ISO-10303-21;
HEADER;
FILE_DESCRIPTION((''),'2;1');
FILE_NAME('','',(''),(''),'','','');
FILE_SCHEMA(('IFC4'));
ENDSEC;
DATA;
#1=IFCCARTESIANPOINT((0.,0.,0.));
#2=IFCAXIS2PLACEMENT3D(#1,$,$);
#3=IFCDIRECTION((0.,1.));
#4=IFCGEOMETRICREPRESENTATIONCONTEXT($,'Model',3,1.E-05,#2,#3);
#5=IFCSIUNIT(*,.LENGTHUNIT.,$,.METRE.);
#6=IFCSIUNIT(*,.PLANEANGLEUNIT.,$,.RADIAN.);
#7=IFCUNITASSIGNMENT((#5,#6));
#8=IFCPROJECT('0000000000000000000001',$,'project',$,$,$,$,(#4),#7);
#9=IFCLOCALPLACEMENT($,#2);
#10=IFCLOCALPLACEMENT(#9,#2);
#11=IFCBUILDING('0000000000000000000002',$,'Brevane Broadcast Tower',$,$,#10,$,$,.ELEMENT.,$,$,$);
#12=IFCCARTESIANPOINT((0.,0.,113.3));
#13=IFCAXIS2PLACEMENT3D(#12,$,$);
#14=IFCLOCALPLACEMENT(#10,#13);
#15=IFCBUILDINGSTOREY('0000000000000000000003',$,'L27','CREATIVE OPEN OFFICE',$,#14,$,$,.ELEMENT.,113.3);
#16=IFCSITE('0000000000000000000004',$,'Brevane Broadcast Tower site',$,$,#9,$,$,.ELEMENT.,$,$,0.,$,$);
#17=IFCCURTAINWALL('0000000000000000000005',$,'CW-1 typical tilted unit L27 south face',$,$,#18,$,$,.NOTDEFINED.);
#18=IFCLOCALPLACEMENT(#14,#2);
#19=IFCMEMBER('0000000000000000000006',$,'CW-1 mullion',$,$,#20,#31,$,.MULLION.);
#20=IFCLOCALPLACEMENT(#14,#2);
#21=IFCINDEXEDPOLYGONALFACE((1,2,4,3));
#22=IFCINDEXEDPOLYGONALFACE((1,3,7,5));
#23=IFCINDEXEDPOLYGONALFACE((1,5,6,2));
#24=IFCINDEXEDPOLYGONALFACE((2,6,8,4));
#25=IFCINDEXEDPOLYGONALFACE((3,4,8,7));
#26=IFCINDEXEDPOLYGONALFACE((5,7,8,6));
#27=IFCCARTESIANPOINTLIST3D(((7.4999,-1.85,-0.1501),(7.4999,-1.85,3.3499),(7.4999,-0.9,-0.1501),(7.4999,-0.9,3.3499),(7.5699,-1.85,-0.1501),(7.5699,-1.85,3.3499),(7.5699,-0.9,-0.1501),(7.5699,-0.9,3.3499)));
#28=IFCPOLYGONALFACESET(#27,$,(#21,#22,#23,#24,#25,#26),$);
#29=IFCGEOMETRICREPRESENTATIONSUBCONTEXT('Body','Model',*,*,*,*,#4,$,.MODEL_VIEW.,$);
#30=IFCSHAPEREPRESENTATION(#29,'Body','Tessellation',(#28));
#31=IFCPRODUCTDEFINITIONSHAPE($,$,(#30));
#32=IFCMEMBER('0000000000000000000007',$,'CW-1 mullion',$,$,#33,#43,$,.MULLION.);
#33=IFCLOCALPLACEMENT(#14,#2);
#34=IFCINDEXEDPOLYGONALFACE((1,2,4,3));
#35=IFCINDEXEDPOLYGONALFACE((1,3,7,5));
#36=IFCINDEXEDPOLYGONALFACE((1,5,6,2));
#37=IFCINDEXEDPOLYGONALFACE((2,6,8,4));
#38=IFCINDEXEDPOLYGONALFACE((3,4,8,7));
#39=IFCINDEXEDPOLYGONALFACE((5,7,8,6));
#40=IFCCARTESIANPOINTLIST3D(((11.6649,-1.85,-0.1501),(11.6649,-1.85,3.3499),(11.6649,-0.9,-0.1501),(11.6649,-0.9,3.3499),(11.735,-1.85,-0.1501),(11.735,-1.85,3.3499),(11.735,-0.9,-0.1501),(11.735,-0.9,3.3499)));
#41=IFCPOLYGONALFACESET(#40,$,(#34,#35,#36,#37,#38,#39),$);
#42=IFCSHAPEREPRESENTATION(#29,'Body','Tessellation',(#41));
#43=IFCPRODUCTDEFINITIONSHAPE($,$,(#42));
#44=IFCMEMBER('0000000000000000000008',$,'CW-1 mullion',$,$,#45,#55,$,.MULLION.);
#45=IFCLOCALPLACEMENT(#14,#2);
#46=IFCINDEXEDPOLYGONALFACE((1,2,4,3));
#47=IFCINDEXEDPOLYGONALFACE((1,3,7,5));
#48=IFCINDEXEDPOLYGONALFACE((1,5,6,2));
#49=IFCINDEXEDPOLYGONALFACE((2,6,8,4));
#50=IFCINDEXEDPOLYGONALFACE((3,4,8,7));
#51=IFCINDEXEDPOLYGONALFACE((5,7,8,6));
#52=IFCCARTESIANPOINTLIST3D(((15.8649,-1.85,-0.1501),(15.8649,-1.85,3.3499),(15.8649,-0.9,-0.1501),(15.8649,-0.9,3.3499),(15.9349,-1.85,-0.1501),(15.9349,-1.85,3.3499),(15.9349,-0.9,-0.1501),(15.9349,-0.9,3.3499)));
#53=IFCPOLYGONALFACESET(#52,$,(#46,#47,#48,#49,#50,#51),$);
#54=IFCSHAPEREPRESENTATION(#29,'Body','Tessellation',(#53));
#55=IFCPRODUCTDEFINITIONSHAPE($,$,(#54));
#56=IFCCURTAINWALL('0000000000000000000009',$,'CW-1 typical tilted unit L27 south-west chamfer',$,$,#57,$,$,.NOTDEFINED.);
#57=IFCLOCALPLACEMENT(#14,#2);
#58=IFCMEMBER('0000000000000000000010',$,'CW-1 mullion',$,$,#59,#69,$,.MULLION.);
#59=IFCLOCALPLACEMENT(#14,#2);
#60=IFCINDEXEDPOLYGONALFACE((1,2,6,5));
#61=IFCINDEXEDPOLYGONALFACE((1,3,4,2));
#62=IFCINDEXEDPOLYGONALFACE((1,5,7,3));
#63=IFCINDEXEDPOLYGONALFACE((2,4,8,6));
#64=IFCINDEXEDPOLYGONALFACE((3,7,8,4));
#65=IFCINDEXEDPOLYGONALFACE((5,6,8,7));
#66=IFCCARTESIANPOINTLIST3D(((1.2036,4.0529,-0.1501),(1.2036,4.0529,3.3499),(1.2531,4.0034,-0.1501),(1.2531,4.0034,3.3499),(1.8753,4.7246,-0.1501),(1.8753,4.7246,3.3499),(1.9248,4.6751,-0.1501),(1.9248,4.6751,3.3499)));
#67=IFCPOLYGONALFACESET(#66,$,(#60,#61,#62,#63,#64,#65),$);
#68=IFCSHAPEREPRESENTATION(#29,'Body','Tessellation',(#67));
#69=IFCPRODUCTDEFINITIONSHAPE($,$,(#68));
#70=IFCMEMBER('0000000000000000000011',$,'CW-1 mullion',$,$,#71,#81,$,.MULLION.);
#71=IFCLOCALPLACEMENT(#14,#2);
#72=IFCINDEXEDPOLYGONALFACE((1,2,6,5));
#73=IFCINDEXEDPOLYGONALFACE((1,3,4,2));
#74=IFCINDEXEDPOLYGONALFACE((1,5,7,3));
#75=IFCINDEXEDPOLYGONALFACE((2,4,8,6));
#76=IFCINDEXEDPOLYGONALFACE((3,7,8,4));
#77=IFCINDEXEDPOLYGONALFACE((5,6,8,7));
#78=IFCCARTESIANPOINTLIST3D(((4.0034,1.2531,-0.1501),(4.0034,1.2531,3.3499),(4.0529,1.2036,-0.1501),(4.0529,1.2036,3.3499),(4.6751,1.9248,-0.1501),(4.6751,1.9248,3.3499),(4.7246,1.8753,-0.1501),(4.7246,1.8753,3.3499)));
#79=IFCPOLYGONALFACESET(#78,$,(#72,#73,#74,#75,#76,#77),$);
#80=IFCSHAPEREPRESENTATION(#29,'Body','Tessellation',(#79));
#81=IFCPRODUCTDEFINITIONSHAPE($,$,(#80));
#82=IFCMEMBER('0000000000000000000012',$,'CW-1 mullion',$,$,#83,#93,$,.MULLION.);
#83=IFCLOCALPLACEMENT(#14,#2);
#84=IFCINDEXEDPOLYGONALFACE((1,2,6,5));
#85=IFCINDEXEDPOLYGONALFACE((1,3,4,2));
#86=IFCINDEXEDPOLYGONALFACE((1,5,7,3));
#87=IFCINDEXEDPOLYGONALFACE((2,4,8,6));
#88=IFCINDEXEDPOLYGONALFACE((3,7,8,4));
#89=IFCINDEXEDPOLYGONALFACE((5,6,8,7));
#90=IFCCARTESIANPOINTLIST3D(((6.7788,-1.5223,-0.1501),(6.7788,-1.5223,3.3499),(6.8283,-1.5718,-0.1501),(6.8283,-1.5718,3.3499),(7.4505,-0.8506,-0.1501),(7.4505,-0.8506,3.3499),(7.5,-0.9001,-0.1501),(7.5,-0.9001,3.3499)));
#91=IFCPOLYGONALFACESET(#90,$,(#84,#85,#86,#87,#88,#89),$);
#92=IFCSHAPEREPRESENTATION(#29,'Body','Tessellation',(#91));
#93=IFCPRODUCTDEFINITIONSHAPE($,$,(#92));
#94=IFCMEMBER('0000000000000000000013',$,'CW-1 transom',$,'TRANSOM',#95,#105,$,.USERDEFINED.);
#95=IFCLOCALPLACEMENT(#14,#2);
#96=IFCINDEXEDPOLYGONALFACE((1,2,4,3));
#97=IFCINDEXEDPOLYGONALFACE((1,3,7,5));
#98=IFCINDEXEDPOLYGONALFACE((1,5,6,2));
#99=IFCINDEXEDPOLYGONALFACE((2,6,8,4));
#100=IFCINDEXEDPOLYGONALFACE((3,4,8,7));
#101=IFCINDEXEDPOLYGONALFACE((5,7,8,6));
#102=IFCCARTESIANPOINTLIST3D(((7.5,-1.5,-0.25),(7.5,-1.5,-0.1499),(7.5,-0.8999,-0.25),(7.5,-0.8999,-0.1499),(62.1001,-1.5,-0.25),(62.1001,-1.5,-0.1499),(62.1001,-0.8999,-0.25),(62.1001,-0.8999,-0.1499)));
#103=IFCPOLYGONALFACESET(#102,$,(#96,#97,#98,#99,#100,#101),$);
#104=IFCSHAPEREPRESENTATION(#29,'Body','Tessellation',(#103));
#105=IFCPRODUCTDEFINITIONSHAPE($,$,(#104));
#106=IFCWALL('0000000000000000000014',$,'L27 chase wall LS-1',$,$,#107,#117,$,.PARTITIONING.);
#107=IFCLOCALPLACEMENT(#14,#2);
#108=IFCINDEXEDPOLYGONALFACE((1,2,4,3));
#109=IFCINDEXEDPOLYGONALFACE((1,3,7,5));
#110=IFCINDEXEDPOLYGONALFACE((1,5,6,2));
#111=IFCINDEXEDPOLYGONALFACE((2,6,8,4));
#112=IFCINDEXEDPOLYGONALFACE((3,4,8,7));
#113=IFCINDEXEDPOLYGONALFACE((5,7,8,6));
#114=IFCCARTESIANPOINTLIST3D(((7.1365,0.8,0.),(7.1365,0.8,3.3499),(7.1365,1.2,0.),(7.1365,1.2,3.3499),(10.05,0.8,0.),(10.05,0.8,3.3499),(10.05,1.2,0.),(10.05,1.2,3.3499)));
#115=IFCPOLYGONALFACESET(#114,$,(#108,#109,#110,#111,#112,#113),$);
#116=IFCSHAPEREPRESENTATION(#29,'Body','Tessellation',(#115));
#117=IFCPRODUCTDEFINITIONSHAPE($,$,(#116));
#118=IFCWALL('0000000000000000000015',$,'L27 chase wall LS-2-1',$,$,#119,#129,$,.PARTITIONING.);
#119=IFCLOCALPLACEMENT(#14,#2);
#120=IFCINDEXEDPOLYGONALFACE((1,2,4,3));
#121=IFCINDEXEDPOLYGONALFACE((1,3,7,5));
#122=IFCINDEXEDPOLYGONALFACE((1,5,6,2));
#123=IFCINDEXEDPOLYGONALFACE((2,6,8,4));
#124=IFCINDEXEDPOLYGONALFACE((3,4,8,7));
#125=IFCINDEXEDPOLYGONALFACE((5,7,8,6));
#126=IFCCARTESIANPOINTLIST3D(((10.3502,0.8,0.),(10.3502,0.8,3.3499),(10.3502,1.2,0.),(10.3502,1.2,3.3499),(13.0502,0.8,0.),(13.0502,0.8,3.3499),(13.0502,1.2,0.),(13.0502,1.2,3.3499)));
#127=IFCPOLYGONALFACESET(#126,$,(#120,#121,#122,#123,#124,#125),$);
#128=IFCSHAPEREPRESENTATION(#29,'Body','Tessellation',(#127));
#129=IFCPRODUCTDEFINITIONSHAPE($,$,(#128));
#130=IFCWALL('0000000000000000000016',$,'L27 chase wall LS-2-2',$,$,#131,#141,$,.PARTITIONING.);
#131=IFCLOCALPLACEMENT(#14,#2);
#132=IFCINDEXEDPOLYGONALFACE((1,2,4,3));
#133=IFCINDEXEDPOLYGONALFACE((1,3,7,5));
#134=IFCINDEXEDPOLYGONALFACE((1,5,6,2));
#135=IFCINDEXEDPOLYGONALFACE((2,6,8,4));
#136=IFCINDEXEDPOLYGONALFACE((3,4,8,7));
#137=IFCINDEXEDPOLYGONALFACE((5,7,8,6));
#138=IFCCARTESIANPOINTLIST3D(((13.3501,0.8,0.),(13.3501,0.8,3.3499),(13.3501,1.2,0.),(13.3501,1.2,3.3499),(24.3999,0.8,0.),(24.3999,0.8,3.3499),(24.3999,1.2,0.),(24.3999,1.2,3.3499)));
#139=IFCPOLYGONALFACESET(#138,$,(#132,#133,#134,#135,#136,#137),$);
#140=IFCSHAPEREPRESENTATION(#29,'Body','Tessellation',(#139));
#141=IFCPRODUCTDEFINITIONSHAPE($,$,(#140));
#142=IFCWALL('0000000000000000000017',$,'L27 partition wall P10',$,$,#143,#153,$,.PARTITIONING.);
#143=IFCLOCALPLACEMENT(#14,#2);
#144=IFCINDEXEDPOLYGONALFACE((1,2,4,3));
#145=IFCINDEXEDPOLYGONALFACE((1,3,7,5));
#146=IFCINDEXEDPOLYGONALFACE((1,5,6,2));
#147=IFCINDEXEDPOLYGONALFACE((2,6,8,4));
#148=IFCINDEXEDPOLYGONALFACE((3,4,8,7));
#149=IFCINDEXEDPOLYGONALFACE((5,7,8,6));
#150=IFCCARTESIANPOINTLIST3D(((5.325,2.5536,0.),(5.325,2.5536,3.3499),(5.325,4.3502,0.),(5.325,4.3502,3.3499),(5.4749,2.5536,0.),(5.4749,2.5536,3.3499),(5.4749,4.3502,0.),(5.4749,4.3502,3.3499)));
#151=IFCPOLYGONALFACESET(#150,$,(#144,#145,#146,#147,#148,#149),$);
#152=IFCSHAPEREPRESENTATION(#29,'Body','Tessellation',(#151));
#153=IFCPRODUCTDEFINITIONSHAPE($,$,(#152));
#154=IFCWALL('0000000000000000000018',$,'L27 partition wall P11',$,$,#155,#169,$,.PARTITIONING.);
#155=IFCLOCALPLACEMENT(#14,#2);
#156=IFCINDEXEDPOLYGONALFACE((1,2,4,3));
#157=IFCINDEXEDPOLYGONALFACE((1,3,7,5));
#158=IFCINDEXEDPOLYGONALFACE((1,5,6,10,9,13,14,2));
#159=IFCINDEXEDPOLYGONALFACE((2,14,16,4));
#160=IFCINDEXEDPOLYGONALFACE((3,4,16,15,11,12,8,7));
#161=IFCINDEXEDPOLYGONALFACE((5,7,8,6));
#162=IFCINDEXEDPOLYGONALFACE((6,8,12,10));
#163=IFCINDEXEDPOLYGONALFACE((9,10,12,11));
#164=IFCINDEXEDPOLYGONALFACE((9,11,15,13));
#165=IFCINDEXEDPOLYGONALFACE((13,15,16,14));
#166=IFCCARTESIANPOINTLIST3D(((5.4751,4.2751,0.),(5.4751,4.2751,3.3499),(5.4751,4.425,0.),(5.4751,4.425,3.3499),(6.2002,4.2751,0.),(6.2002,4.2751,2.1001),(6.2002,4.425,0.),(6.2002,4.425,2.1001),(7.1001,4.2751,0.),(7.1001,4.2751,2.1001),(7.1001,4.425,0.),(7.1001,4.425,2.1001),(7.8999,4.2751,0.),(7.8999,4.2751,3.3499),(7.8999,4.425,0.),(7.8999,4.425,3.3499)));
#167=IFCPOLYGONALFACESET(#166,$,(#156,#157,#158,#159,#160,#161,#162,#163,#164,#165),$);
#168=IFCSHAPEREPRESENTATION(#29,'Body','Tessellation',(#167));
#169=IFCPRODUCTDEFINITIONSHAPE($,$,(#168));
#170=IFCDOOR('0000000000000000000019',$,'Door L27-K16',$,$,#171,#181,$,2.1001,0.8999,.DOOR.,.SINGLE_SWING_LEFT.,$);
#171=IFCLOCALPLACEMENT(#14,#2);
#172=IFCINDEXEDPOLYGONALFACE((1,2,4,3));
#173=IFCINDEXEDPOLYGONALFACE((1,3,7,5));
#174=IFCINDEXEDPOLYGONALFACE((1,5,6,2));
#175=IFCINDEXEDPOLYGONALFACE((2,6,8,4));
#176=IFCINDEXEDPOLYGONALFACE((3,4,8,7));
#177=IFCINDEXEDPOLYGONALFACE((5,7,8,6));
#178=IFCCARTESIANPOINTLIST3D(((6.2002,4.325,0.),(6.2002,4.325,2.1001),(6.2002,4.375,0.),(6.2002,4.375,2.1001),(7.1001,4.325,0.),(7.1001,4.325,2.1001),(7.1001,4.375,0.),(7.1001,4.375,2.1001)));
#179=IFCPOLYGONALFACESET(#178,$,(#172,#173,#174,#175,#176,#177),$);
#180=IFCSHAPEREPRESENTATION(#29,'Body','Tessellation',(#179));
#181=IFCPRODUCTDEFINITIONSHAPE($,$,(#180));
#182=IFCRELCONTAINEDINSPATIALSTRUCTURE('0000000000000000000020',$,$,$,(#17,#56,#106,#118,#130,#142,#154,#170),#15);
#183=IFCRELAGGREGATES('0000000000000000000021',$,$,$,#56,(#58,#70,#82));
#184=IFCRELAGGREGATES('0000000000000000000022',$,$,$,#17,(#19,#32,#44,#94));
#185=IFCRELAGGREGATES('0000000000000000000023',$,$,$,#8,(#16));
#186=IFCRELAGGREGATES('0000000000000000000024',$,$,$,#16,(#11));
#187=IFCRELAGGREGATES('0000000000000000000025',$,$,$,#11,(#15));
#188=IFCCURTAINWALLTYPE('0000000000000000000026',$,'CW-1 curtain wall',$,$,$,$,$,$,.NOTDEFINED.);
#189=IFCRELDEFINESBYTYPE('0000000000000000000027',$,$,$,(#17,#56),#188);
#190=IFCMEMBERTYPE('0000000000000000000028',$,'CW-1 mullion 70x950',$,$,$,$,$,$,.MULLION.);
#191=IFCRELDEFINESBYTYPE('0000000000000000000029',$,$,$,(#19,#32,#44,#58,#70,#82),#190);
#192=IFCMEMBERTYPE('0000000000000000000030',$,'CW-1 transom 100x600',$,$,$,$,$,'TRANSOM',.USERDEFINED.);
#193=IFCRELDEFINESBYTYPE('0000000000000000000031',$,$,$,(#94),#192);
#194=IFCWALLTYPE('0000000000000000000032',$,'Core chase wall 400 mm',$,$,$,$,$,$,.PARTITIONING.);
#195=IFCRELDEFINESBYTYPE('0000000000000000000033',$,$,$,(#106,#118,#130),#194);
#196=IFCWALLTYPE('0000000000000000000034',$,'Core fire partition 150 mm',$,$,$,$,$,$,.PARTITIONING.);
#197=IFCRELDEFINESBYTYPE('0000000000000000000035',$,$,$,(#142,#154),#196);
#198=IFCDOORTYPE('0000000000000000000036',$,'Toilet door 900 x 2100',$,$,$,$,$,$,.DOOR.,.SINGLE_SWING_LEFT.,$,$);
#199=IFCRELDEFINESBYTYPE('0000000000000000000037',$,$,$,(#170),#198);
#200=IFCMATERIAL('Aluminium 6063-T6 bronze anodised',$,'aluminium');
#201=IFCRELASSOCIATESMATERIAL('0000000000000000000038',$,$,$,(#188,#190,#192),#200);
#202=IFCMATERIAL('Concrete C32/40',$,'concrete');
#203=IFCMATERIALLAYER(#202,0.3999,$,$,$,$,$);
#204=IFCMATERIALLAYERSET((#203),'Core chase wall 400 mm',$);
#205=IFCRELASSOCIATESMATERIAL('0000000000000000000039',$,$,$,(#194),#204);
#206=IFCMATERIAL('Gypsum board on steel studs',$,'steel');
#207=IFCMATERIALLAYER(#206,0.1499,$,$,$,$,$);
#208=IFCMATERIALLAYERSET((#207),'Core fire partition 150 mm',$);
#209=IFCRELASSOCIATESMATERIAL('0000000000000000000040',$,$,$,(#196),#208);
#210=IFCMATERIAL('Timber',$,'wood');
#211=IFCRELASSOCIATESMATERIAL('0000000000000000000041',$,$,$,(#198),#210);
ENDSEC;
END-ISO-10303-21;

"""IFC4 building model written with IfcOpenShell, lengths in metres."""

from ifc_helpers import new_model, si_unit, direction, frame, frame_2d, origin, origin_2d, place, context, subcontext, project, spatial, rectangle, extrude, material, layer, layer_set, material_profile, profile_set, type_object, element, fill, aggregate, save


model = new_model("IFC4")

# Units and contexts
model_context = context("Model", 3, precision=1e-05, world=origin(), true_north=direction((0.0, 1.0)))
body_context = subcontext(model_context, "Body", "Model", "MODEL_VIEW")
ifc_project = project(units=[si_unit("LENGTHUNIT", "METRE"), si_unit("PLANEANGLEUNIT", "RADIAN")], contexts=[model_context])

# Site, building, storey
site_placement = place(None, origin())
site = spatial("IfcSite", under=ifc_project, at=site_placement, Name="Brevane Broadcast Tower site", CompositionType="ELEMENT", RefElevation=0.0)
building_placement = place(site_placement, origin())
building = spatial("IfcBuilding", under=site, at=building_placement, Name="Brevane Broadcast Tower", CompositionType="ELEMENT")
storey_placement = place(building_placement, frame((0.0, 0.0, 113.3)))
storey = spatial("IfcBuildingStorey", under=building, at=storey_placement, Name="L27", Description="CREATIVE OPEN OFFICE", CompositionType="ELEMENT", Elevation=113.3)

# Curtain walls, members
ifc_material_1 = material(Name="Aluminium 6063-T6 bronze anodised", Category="aluminium")
curtain_wall_type = type_object("IfcCurtainWallType", Name="CW-1 curtain wall", PredefinedType="NOTDEFINED", material=ifc_material_1)
curtain_wall_1_placement = place(storey_placement, origin())
curtain_wall_1 = element("IfcCurtainWall", 1, at=curtain_wall_1_placement, inside=storey, type_object=curtain_wall_type, Name="CW-1 typical tilted unit L27 south face", PredefinedType="NOTDEFINED")
ifc_material_profile_1 = material_profile(ifc_material_1, rectangle(XDim=0.95, YDim=0.0701, at=origin_2d()), Name="RECT 70x950")
ifc_profile_set_1 = profile_set([ifc_material_profile_1], Name="Aluminium 6063-T6 bronze anodised")
member_type_1 = type_object("IfcMemberType", Name="CW-1 mullion 70x950", PredefinedType="MULLION", material=ifc_profile_set_1)
member_1_placement = place(storey_placement, frame((7.5349, -1.375, -0.1501), z_axis=(0.0, 0.0, 1.0), x_axis=(0.0, 1.0, 0.0)))
member_1 = element("IfcMember", 2, at=member_1_placement, type_object=member_type_1, Name="CW-1 mullion", PredefinedType="MULLION", context=body_context, shape_type="SweptSolid", body=[
    extrude(rectangle(XDim=0.95, YDim=0.0701, at=origin_2d()), origin(), (0.0, 0.0, 1.0), 3.5),
])
member_2_placement = place(storey_placement, frame((11.7, -1.375, -0.1501), z_axis=(0.0, 0.0, 1.0), x_axis=(0.0, 1.0, 0.0)))
member_2 = element("IfcMember", 3, at=member_2_placement, type_object=member_type_1, Name="CW-1 mullion", PredefinedType="MULLION", context=body_context, shape_type="SweptSolid", body=[
    extrude(rectangle(XDim=0.95, YDim=0.0701, at=origin_2d()), origin(), (0.0, 0.0, 1.0), 3.5),
])
member_3_placement = place(storey_placement, frame((15.8999, -1.375, -0.1501), z_axis=(0.0, 0.0, 1.0), x_axis=(0.0, 1.0, 0.0)))
member_3 = element("IfcMember", 4, at=member_3_placement, type_object=member_type_1, Name="CW-1 mullion", PredefinedType="MULLION", context=body_context, shape_type="SweptSolid", body=[
    extrude(rectangle(XDim=0.95, YDim=0.0701, at=origin_2d()), origin(), (0.0, 0.0, 1.0), 3.5),
])
curtain_wall_2_placement = place(storey_placement, origin())
curtain_wall_2 = element("IfcCurtainWall", 5, at=curtain_wall_2_placement, inside=storey, type_object=curtain_wall_type, Name="CW-1 typical tilted unit L27 south-west chamfer", PredefinedType="NOTDEFINED")
member_4_placement = place(storey_placement, frame((1.5642, 4.364, -0.1501), z_axis=(0.0, 0.0, 1.0), x_axis=(0.707107, 0.707107, 0.0)))
member_4 = element("IfcMember", 6, at=member_4_placement, type_object=member_type_1, Name="CW-1 mullion", PredefinedType="MULLION", context=body_context, shape_type="SweptSolid", body=[
    extrude(rectangle(XDim=0.95, YDim=0.0701, at=origin_2d()), origin(), (0.0, 0.0, 1.0), 3.5),
])
member_5_placement = place(storey_placement, frame((4.364, 1.5642, -0.1501), z_axis=(0.0, 0.0, 1.0), x_axis=(0.707107, 0.707107, 0.0)))
member_5 = element("IfcMember", 7, at=member_5_placement, type_object=member_type_1, Name="CW-1 mullion", PredefinedType="MULLION", context=body_context, shape_type="SweptSolid", body=[
    extrude(rectangle(XDim=0.95, YDim=0.0701, at=origin_2d()), origin(), (0.0, 0.0, 1.0), 3.5),
])
member_6_placement = place(storey_placement, frame((7.1394, -1.2112, -0.1501), z_axis=(0.0, 0.0, 1.0), x_axis=(0.707107, 0.707107, 0.0)))
member_6 = element("IfcMember", 8, at=member_6_placement, type_object=member_type_1, Name="CW-1 mullion", PredefinedType="MULLION", context=body_context, shape_type="SweptSolid", body=[
    extrude(rectangle(XDim=0.95, YDim=0.0701, at=origin_2d()), origin(), (0.0, 0.0, 1.0), 3.5),
])
aggregate(curtain_wall_2, [member_4, member_5, member_6])

# Member
ifc_material_profile_2 = material_profile(ifc_material_1, rectangle(XDim=0.6001, YDim=0.1001, at=origin_2d()), Name="RECT 100x600")
ifc_profile_set_2 = profile_set([ifc_material_profile_2], Name="Aluminium 6063-T6 bronze anodised")
member_type_2 = type_object("IfcMemberType", Name="CW-1 transom 100x600", ElementType="TRANSOM", PredefinedType="USERDEFINED", material=ifc_profile_set_2)
member_7_placement = place(storey_placement, frame((7.5, -1.2, -0.2), z_axis=(1.0, 0.0, 0.0), x_axis=(0.0, 1.0, 0.0)))
member_7 = element("IfcMember", 9, at=member_7_placement, type_object=member_type_2, Name="CW-1 transom", ObjectType="TRANSOM", PredefinedType="USERDEFINED", context=body_context, shape_type="SweptSolid", body=[
    extrude(rectangle(XDim=0.6001, YDim=0.1001, at=origin_2d()), origin(), (0.0, 0.0, 1.0), 54.6001),
])
aggregate(curtain_wall_1, [member_1, member_2, member_3, member_7])

# Walls
ifc_material_2 = material(Name="Concrete C32/40", Category="concrete")
ifc_layer_1 = layer(ifc_material_2, 0.3999)
ifc_layer_set_1 = layer_set([ifc_layer_1], Name="Core chase wall 400 mm")
wall_type_1 = type_object("IfcWallType", Name="Core chase wall 400 mm", PredefinedType="PARTITIONING", material=ifc_layer_set_1)
wall_1_placement = place(storey_placement, frame((7.1365, 1.0, 0.0), z_axis=(0.0, 0.0, 1.0), x_axis=(1.0, 0.0, 0.0)))
element("IfcWall", 10, at=wall_1_placement, inside=storey, type_object=wall_type_1, Name="L27 chase wall LS-1", PredefinedType="PARTITIONING", context=body_context, shape_type="SweptSolid", body=[
    extrude(rectangle(XDim=2.9136, YDim=0.3999, at=frame_2d((1.4568, 0.0))), origin(), (0.0, 0.0, 1.0), 3.3499),
])
wall_2_placement = place(storey_placement, frame((10.3501, 1.0, 0.0), z_axis=(0.0, 0.0, 1.0), x_axis=(1.0, 0.0, 0.0)))
element("IfcWall", 11, at=wall_2_placement, inside=storey, type_object=wall_type_1, Name="L27 chase wall LS-2-1", PredefinedType="PARTITIONING", context=body_context, shape_type="SweptSolid", body=[
    extrude(rectangle(XDim=2.7, YDim=0.3999, at=frame_2d((1.3501, 0.0))), origin(), (0.0, 0.0, 1.0), 3.3499),
])
wall_3_placement = place(storey_placement, frame((13.3501, 1.0, 0.0), z_axis=(0.0, 0.0, 1.0), x_axis=(1.0, 0.0, 0.0)))
element("IfcWall", 12, at=wall_3_placement, inside=storey, type_object=wall_type_1, Name="L27 chase wall LS-2-2", PredefinedType="PARTITIONING", context=body_context, shape_type="SweptSolid", body=[
    extrude(rectangle(XDim=11.0498, YDim=0.3999, at=frame_2d((5.5249, 0.0))), origin(), (0.0, 0.0, 1.0), 3.3499),
])
ifc_material_3 = material(Name="Gypsum board on steel studs", Category="steel")
ifc_layer_2 = layer(ifc_material_3, 0.1499)
ifc_layer_set_2 = layer_set([ifc_layer_2], Name="Core fire partition 150 mm")
wall_type_2 = type_object("IfcWallType", Name="Core fire partition 150 mm", PredefinedType="PARTITIONING", material=ifc_layer_set_2)
wall_4_placement = place(storey_placement, frame((5.3999, 2.5535, 0.0), z_axis=(0.0, 0.0, 1.0), x_axis=(0.0, 1.0, 0.0)))
element("IfcWall", 13, at=wall_4_placement, inside=storey, type_object=wall_type_2, Name="L27 partition wall P10", PredefinedType="PARTITIONING", context=body_context, shape_type="SweptSolid", body=[
    extrude(rectangle(XDim=1.7966, YDim=0.1499, at=frame_2d((0.8984, 0.0))), origin(), (0.0, 0.0, 1.0), 3.3499),
])

# Wall, opening, door
wall_5_placement = place(storey_placement, frame((5.4751, 4.3501, 0.0), z_axis=(0.0, 0.0, 1.0), x_axis=(1.0, 0.0, 0.0)))
wall_5 = element("IfcWall", 14, at=wall_5_placement, inside=storey, type_object=wall_type_2, Name="L27 partition wall P11", PredefinedType="PARTITIONING", context=body_context, shape_type="SweptSolid", body=[
    extrude(rectangle(XDim=2.4248, YDim=0.1499, at=frame_2d((1.2124, 0.0))), origin(), (0.0, 0.0, 1.0), 3.3499),
])
opening_1_placement = place(wall_5_placement, frame((0.7251, 0.0, 0.0)))
opening_1 = element("IfcOpeningElement", 15, at=opening_1_placement, cuts=wall_5, PredefinedType="OPENING", context=body_context, shape_type="SweptSolid", body=[
    extrude(rectangle(XDim=0.8999, YDim=2.1001, at=frame_2d((0.45, 1.05))), frame((0.0, 0.085, 0.0), z_axis=(0.0, -1.0, 0.0), x_axis=(1.0, 0.0, 0.0)), (0.0, 0.0, 1.0), 0.1699),
])
ifc_material_4 = material(Name="Timber", Category="wood")
door_type_1 = type_object("IfcDoorType", Name="Toilet door 900 x 2100", OperationType="SINGLE_SWING_LEFT", PredefinedType="DOOR", material=ifc_material_4)
door_1_placement = place(opening_1_placement, origin())
door_1 = element("IfcDoor", 16, at=door_1_placement, inside=storey, type_object=door_type_1, Name="Door L27-K16", OperationType="SINGLE_SWING_LEFT", OverallHeight=2.1001, OverallWidth=0.8999, PredefinedType="DOOR", context=body_context, shape_type="SweptSolid", body=[
    extrude(rectangle(XDim=0.8999, YDim=2.1001, at=frame_2d((0.45, 1.05))), frame((0.0, 0.0249, 0.0), z_axis=(0.0, -1.0, 0.0), x_axis=(1.0, 0.0, 0.0)), (0.0, 0.0, 1.0), 0.05),
])
fill(opening_1, door_1)

save(model, "model.ifc")
